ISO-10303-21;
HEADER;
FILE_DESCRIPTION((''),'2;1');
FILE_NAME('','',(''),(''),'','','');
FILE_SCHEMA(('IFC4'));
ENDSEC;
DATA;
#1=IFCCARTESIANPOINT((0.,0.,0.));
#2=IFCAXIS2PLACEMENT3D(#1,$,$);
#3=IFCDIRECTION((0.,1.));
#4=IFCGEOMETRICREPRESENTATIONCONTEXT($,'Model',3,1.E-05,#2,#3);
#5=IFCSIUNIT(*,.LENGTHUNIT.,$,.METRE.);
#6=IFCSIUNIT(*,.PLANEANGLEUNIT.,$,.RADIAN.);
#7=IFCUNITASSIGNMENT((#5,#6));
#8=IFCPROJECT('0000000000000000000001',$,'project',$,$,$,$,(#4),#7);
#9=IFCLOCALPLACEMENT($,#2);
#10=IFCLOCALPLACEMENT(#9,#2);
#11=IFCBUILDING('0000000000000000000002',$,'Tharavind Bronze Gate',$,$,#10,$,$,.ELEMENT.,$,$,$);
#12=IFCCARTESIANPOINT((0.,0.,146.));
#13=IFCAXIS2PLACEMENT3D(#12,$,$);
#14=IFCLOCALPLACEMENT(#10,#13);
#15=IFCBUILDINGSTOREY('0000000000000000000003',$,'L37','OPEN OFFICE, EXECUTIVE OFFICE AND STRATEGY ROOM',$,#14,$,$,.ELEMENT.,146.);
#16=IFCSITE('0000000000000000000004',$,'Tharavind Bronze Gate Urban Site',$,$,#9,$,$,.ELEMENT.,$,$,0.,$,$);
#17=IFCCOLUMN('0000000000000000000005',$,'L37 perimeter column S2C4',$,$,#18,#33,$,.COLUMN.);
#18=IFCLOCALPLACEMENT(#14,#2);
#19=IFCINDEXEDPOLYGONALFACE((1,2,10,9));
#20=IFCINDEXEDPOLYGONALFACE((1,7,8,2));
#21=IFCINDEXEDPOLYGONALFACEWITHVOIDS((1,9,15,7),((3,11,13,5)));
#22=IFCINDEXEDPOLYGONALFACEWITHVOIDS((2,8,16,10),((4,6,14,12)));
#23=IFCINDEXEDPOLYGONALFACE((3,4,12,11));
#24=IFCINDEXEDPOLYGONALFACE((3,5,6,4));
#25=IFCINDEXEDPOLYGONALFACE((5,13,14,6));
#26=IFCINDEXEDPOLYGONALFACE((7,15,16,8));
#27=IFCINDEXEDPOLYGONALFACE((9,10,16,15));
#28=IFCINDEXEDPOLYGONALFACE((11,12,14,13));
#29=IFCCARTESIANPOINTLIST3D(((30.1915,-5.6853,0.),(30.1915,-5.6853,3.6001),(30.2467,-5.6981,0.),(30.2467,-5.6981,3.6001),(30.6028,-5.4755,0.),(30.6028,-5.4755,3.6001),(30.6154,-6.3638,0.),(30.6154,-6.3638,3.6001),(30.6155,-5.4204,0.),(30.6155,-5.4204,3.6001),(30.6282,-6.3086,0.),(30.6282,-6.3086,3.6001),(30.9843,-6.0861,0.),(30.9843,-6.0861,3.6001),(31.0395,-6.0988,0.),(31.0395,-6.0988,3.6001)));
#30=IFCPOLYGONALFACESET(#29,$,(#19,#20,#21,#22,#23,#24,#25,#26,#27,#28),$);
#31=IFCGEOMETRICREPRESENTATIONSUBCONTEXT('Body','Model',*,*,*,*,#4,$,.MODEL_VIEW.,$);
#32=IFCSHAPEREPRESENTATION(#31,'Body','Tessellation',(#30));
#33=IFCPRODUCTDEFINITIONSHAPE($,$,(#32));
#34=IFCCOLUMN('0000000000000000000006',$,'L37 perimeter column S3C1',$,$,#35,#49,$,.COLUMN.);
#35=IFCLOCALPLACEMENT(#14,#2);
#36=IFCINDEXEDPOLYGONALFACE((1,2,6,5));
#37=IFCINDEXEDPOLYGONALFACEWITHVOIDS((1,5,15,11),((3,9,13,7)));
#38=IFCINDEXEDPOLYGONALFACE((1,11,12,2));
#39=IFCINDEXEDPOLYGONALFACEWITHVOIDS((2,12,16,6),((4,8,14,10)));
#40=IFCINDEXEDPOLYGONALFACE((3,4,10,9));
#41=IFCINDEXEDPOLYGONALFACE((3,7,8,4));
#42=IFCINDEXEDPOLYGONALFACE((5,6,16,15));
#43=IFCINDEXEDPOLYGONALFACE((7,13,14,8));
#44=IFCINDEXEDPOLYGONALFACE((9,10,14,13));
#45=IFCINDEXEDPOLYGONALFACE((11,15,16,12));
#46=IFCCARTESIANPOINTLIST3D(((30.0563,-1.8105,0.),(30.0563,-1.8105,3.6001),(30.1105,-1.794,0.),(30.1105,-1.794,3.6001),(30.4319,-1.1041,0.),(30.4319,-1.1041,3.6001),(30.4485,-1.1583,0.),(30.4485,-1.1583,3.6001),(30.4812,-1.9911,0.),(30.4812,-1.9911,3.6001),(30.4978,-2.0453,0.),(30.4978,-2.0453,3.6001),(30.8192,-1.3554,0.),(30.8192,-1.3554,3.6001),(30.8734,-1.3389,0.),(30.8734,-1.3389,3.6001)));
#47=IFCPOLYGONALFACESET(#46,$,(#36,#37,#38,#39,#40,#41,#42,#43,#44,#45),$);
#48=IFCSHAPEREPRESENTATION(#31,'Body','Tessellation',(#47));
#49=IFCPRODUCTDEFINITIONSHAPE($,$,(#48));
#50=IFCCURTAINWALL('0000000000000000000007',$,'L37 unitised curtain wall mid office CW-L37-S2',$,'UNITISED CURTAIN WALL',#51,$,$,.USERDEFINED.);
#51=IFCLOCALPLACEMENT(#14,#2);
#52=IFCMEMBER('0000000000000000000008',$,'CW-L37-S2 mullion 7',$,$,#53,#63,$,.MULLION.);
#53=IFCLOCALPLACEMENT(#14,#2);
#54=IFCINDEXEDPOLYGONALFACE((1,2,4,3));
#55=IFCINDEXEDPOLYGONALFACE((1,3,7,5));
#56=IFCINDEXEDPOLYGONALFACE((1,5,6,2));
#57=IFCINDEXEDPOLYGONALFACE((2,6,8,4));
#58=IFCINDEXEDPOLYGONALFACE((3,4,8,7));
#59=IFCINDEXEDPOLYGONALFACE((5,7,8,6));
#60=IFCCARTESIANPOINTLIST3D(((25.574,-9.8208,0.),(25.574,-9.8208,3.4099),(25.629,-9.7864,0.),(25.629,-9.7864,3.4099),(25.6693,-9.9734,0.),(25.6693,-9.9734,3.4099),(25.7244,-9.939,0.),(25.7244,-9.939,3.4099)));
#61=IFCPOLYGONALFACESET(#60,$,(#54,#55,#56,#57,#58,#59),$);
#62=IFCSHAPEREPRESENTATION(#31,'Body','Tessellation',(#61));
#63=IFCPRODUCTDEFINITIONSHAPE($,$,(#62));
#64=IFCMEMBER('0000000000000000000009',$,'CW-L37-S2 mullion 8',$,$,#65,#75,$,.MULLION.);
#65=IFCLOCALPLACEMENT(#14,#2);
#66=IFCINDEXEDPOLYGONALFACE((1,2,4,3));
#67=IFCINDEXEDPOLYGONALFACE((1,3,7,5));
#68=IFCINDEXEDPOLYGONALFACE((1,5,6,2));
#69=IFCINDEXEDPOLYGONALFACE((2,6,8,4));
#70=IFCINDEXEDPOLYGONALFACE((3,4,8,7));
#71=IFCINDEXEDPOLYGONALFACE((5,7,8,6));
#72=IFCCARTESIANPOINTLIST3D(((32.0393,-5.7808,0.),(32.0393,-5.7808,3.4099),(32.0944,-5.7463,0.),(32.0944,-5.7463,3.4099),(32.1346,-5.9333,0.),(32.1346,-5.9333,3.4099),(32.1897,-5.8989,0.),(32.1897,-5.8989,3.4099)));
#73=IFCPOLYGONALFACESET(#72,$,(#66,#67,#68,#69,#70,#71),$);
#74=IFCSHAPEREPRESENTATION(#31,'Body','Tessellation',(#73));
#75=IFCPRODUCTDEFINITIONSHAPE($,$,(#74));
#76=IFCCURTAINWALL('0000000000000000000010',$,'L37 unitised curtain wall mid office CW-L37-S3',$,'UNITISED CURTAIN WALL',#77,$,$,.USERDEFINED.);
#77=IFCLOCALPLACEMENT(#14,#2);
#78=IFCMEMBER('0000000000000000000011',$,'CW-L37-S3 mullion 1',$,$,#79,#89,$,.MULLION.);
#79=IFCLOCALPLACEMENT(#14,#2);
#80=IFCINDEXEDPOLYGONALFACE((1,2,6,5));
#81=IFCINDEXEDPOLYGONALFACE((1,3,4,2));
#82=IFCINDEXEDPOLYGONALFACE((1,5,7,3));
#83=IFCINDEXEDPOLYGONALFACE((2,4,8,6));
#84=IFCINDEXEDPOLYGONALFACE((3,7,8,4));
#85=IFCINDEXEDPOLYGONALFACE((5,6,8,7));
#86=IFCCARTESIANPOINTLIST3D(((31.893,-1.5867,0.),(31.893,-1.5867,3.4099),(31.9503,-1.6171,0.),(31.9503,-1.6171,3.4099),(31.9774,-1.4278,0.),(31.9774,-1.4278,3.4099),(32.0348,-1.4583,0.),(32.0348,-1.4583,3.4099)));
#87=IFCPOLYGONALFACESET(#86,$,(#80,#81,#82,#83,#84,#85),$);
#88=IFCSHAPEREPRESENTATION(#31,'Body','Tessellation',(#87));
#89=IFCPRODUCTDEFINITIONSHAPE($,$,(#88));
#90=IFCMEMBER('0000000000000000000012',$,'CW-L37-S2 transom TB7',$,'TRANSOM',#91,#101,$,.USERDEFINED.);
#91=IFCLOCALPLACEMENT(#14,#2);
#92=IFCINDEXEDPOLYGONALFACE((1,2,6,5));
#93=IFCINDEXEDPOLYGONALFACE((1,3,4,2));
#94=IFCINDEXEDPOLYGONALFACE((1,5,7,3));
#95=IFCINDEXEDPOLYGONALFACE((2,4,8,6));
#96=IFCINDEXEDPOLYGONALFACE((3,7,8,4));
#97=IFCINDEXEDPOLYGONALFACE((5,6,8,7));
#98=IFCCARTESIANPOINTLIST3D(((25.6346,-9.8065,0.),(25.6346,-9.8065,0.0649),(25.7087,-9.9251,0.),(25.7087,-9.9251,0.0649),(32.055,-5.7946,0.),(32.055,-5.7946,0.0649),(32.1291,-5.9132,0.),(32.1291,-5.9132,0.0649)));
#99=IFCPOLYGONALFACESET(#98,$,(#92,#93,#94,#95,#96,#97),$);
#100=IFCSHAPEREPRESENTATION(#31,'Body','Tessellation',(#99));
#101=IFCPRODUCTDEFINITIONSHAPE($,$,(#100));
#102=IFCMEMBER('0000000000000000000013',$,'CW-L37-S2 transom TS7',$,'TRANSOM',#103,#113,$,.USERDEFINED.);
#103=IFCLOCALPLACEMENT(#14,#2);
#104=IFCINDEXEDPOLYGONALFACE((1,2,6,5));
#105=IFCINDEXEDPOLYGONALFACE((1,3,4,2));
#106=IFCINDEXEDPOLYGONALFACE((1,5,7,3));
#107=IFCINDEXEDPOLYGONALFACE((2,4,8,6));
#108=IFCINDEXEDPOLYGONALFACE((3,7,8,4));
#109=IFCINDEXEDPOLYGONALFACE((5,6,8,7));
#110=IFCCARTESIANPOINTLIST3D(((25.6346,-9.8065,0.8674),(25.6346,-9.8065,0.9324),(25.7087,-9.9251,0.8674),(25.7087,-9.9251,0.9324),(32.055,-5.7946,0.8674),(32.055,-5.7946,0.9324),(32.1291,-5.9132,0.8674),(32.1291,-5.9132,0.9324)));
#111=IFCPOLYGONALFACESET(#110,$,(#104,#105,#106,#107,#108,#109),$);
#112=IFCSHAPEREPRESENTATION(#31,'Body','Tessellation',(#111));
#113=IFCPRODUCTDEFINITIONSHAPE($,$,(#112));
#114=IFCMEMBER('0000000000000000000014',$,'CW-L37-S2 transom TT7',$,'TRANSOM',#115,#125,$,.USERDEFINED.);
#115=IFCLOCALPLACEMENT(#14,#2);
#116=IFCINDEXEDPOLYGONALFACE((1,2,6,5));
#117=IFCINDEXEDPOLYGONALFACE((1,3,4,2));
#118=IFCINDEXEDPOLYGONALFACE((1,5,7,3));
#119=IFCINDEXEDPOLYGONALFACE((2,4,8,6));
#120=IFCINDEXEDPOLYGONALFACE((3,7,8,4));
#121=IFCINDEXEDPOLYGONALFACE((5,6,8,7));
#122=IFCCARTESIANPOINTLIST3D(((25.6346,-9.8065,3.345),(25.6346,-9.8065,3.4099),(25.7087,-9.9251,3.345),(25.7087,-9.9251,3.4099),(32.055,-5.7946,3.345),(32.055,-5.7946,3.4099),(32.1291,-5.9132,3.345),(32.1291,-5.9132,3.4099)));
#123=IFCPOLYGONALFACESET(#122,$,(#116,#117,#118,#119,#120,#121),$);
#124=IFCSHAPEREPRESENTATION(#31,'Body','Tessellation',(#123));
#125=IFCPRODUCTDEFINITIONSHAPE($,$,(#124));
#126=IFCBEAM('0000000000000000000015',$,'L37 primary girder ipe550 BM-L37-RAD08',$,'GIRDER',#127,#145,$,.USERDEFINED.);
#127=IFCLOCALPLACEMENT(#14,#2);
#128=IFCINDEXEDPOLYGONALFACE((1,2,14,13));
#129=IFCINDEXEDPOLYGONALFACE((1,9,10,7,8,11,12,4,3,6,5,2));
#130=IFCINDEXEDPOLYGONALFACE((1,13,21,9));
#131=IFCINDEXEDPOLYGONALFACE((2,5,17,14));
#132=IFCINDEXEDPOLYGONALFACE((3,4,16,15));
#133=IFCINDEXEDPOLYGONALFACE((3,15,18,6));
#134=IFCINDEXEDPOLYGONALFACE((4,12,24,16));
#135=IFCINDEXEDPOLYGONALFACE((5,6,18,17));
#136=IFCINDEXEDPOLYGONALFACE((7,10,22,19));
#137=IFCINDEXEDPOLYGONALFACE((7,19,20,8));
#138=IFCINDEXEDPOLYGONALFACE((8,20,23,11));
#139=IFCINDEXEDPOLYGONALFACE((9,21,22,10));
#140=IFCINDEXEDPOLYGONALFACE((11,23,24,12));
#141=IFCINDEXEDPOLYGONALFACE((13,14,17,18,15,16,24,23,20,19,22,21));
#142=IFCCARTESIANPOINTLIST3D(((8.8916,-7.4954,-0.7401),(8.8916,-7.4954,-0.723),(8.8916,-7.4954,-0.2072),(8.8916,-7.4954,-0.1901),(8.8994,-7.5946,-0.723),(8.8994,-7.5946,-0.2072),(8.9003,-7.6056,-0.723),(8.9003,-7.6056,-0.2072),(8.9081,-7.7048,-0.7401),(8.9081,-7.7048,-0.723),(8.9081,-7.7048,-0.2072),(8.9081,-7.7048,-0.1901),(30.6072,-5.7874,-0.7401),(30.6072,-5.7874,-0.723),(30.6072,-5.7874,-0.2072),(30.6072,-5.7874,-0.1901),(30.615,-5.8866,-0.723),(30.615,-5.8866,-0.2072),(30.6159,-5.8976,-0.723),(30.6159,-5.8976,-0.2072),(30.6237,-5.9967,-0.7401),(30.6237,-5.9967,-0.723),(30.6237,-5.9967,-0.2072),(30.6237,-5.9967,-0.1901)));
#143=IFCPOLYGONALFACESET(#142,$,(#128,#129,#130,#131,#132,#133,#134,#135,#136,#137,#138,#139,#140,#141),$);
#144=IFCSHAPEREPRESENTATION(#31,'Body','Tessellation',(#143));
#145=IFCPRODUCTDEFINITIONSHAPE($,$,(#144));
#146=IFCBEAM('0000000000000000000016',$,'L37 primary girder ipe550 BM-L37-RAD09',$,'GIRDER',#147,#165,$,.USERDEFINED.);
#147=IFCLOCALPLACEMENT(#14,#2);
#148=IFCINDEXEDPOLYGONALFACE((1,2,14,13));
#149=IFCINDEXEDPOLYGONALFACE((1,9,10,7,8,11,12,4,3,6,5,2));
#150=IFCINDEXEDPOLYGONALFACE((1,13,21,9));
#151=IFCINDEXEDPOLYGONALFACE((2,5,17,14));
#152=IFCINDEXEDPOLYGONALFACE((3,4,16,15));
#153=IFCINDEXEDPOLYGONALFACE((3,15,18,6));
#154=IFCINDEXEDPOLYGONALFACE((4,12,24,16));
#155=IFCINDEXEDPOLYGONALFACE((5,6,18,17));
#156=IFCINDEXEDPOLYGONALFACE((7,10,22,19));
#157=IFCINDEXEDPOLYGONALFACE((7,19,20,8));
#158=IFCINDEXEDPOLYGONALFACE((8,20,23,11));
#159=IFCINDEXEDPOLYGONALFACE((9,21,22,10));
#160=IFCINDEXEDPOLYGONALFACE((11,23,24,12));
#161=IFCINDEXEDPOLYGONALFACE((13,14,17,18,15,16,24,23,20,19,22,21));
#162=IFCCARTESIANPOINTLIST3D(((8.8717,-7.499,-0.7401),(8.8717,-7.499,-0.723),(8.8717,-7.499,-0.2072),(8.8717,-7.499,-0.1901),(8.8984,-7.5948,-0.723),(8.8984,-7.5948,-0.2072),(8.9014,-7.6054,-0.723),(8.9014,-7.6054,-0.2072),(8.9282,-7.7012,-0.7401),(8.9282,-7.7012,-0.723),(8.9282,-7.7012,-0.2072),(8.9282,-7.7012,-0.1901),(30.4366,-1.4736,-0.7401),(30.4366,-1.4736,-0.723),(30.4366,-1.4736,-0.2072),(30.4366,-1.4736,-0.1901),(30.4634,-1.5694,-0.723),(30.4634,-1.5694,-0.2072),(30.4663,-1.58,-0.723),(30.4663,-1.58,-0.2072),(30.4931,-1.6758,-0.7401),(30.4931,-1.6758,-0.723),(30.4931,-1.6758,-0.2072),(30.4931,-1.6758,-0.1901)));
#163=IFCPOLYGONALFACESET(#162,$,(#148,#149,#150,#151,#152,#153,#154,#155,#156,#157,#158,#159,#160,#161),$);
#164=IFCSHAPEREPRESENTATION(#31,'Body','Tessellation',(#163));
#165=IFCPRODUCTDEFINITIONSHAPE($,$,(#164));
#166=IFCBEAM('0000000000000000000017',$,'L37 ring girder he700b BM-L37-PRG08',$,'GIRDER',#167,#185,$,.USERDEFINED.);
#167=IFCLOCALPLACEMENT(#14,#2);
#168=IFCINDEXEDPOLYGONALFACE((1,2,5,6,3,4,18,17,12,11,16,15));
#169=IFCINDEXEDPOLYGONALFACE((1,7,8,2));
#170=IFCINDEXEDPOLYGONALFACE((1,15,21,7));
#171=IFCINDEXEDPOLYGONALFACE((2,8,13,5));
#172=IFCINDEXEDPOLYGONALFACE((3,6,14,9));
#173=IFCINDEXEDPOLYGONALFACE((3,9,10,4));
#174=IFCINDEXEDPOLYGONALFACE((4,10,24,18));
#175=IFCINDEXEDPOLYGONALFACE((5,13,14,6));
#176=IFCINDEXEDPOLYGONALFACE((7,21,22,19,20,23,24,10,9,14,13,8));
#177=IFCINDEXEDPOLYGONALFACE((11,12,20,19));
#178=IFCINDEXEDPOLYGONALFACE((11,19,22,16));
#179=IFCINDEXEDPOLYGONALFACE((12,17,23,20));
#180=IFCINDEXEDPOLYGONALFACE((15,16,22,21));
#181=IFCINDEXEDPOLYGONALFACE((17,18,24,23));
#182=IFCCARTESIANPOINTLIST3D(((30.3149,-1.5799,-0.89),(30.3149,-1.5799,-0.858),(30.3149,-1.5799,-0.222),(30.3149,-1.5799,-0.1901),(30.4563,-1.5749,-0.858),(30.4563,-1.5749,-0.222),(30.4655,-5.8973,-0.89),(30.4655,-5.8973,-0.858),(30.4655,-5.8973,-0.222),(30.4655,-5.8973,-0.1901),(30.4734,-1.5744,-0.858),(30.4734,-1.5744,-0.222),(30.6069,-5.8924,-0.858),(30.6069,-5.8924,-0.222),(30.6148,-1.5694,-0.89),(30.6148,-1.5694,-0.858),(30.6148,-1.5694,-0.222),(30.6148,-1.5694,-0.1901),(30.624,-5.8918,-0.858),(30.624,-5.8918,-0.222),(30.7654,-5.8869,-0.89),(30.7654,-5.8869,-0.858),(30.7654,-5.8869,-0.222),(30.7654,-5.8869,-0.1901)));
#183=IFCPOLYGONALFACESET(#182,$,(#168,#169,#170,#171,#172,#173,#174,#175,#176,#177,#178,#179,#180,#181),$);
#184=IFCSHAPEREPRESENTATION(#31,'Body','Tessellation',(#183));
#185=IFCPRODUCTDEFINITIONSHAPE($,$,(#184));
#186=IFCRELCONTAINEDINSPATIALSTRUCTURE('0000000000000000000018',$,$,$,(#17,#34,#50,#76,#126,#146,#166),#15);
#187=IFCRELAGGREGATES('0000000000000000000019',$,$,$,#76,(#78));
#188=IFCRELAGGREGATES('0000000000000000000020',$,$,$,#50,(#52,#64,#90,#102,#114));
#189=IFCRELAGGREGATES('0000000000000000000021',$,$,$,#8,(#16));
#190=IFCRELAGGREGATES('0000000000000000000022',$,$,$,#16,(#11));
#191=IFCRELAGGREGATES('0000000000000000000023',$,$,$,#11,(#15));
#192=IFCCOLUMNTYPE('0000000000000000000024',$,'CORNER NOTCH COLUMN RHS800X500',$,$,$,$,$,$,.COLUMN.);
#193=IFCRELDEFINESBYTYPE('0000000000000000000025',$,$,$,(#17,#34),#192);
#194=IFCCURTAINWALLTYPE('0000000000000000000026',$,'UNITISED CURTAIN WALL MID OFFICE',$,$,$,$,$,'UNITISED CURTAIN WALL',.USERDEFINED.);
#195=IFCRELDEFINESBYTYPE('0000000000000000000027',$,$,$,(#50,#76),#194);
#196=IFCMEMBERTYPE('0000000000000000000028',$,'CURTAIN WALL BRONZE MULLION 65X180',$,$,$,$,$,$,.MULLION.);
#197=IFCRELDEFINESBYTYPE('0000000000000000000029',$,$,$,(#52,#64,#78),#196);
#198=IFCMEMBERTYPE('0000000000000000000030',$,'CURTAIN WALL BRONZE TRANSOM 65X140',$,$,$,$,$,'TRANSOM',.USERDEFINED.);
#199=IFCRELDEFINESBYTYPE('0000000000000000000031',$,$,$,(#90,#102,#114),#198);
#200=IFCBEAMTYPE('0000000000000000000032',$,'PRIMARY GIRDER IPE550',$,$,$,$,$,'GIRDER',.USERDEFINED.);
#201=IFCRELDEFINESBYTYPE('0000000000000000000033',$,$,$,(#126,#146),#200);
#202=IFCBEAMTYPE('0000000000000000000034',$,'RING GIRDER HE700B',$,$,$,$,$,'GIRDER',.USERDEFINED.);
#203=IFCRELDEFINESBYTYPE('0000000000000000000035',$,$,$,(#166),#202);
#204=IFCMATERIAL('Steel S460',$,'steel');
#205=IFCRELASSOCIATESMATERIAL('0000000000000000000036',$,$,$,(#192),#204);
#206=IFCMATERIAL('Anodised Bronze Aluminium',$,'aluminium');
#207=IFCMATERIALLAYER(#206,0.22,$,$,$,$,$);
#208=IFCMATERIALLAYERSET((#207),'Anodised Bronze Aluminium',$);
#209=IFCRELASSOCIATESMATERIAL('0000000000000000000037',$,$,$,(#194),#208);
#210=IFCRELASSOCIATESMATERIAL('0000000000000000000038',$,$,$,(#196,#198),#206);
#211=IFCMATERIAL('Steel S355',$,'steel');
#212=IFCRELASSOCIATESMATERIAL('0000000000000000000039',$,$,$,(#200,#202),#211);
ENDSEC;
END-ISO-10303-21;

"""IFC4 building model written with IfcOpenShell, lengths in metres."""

from ifc_helpers import new_model, si_unit, direction, frame, origin, origin_2d, place, context, subcontext, project, spatial, rectangle, hollow_rectangle, i_section, extrude, material, layer, layer_set, material_profile, profile_set, type_object, element, aggregate, save


model = new_model("IFC4")

# Units and contexts
model_context = context("Model", 3, precision=1e-05, world=origin(), true_north=direction((0.0, 1.0)))
body_context = subcontext(model_context, "Body", "Model", "MODEL_VIEW")
ifc_project = project(units=[si_unit("LENGTHUNIT", "METRE"), si_unit("PLANEANGLEUNIT", "RADIAN")], contexts=[model_context])

# Site, building, storey
site_placement = place(None, origin())
site = spatial("IfcSite", under=ifc_project, at=site_placement, Name="Tharavind Bronze Gate Urban Site", CompositionType="ELEMENT", RefElevation=0.0)
building_placement = place(site_placement, origin())
building = spatial("IfcBuilding", under=site, at=building_placement, Name="Tharavind Bronze Gate", CompositionType="ELEMENT")
storey_placement = place(building_placement, frame((0.0, 0.0, 146.0)))
storey = spatial("IfcBuildingStorey", under=building, at=storey_placement, Name="L37", Description="OPEN OFFICE, EXECUTIVE OFFICE AND STRATEGY ROOM", CompositionType="ELEMENT", Elevation=146.0)

# Columns
ifc_material_1 = material(Name="Steel S460", Category="steel")
ifc_material_profile_1 = material_profile(ifc_material_1, hollow_rectangle(XDim=0.5, YDim=0.8, WallThickness=0.04, at=origin_2d()), Name="RHS800X500X40")
ifc_profile_set_1 = profile_set([ifc_material_profile_1], Name="Steel S460")
column_type = type_object("IfcColumnType", Name="CORNER NOTCH COLUMN RHS800X500", PredefinedType="COLUMN", material=ifc_profile_set_1)
for number, where, z_axis, x_axis, name in (
    (1, (30.6155, -5.8921, 0.0), (0.0, 0.0, 1.0), (0.848047, 0.529921, 0.0), "L37 perimeter column S2C4"),
    (2, (30.4648, -1.5747, 0.0), (0.0, 0.0, 1.0), (-0.882948, 0.46947, 0.0), "L37 perimeter column S3C1"),
):
    element("IfcColumn", number, at=place(storey_placement, frame(where, z_axis=z_axis, x_axis=x_axis)), inside=storey, type_object=column_type, Name=name, PredefinedType="COLUMN", context=body_context, shape_type="SweptSolid", body=[
        extrude(hollow_rectangle(XDim=0.5, YDim=0.8, WallThickness=0.04, at=origin_2d()), origin(), (0.0, 0.0, 1.0), 3.6001),
    ])

# Curtain wall, members
ifc_material_2 = material(Name="Anodised Bronze Aluminium", Category="aluminium")
ifc_layer_1 = layer(ifc_material_2, 0.22)
ifc_layer_set_1 = layer_set([ifc_layer_1], Name="Anodised Bronze Aluminium")
curtain_wall_type = type_object("IfcCurtainWallType", Name="UNITISED CURTAIN WALL MID OFFICE", ElementType="UNITISED CURTAIN WALL", PredefinedType="USERDEFINED", material=ifc_layer_set_1)
curtain_wall_1_placement = place(storey_placement, origin())
curtain_wall_1 = element("IfcCurtainWall", 3, at=curtain_wall_1_placement, inside=storey, type_object=curtain_wall_type, Name="L37 unitised curtain wall mid office CW-L37-S2", ObjectType="UNITISED CURTAIN WALL", PredefinedType="USERDEFINED")
member_type_1 = type_object("IfcMemberType", Name="CURTAIN WALL BRONZE MULLION 65X180", PredefinedType="MULLION", material=ifc_material_2)
member_1_placement = place(storey_placement, frame((25.6492, -9.8799, 0.0), z_axis=(0.0, 0.0, 1.0), x_axis=(0.848048, 0.529919, 0.0)))
member_1 = element("IfcMember", 4, at=member_1_placement, type_object=member_type_1, Name="CW-L37-S2 mullion 7", PredefinedType="MULLION", context=body_context, shape_type="SweptSolid", body=[
    extrude(rectangle(XDim=0.0649, YDim=0.1799, at=origin_2d()), origin(), (0.0, 0.0, 1.0), 3.4099),
])
member_2_placement = place(storey_placement, frame((32.1145, -5.8398, 0.0), z_axis=(0.0, 0.0, 1.0), x_axis=(0.848048, 0.529919, 0.0)))
member_2 = element("IfcMember", 5, at=member_2_placement, type_object=member_type_1, Name="CW-L37-S2 mullion 8", PredefinedType="MULLION", context=body_context, shape_type="SweptSolid", body=[
    extrude(rectangle(XDim=0.0649, YDim=0.1799, at=origin_2d()), origin(), (0.0, 0.0, 1.0), 3.4099),
])

# Curtain wall, member
curtain_wall_2_placement = place(storey_placement, origin())
curtain_wall_2 = element("IfcCurtainWall", 6, at=curtain_wall_2_placement, inside=storey, type_object=curtain_wall_type, Name="L37 unitised curtain wall mid office CW-L37-S3", ObjectType="UNITISED CURTAIN WALL", PredefinedType="USERDEFINED")
member_3_placement = place(storey_placement, frame((31.9639, -1.5225, 0.0), z_axis=(0.0, 0.0, 1.0), x_axis=(-0.882948, 0.469472, 0.0)))
member_3 = element("IfcMember", 7, at=member_3_placement, type_object=member_type_1, Name="CW-L37-S3 mullion 1", PredefinedType="MULLION", context=body_context, shape_type="SweptSolid", body=[
    extrude(rectangle(XDim=0.0649, YDim=0.1799, at=origin_2d()), origin(), (0.0, 0.0, 1.0), 3.4099),
])
aggregate(curtain_wall_2, [member_3])

# Members
member_type_2 = type_object("IfcMemberType", Name="CURTAIN WALL BRONZE TRANSOM 65X140", ElementType="TRANSOM", PredefinedType="USERDEFINED", material=ifc_material_2)
member_4_placement = place(storey_placement, frame((28.8818, -7.8599, 0.0), z_axis=(0.0, 0.0, 1.0), x_axis=(0.848048, 0.529919, 0.0)))
member_4 = element("IfcMember", 8, at=member_4_placement, type_object=member_type_2, Name="CW-L37-S2 transom TB7", ObjectType="TRANSOM", PredefinedType="USERDEFINED", context=body_context, shape_type="SweptSolid", body=[
    extrude(rectangle(XDim=7.5708, YDim=0.1399, at=origin_2d()), origin(), (0.0, 0.0, 1.0), 0.0649),
])
member_5_placement = place(storey_placement, frame((28.8818, -7.8599, 0.8674), z_axis=(0.0, 0.0, 1.0), x_axis=(0.848048, 0.529919, 0.0)))
member_5 = element("IfcMember", 9, at=member_5_placement, type_object=member_type_2, Name="CW-L37-S2 transom TS7", ObjectType="TRANSOM", PredefinedType="USERDEFINED", context=body_context, shape_type="SweptSolid", body=[
    extrude(rectangle(XDim=7.5708, YDim=0.1399, at=origin_2d()), origin(), (0.0, 0.0, 1.0), 0.0649),
])
member_6_placement = place(storey_placement, frame((28.8818, -7.8599, 3.345), z_axis=(0.0, 0.0, 1.0), x_axis=(0.848048, 0.529919, 0.0)))
member_6 = element("IfcMember", 10, at=member_6_placement, type_object=member_type_2, Name="CW-L37-S2 transom TT7", ObjectType="TRANSOM", PredefinedType="USERDEFINED", context=body_context, shape_type="SweptSolid", body=[
    extrude(rectangle(XDim=7.5708, YDim=0.1399, at=origin_2d()), origin(), (0.0, 0.0, 1.0), 0.0649),
])

# Beams
ifc_material_3 = material(Name="Steel S355", Category="steel")
ifc_material_profile_2 = material_profile(ifc_material_3, i_section(OverallWidth=0.21, OverallDepth=0.55, WebThickness=0.011, FlangeThickness=0.0171, at=origin_2d()), Name="IPE550")
ifc_profile_set_2 = profile_set([ifc_material_profile_2], Name="Steel S355")
beam_type_1 = type_object("IfcBeamType", Name="PRIMARY GIRDER IPE550", ElementType="GIRDER", PredefinedType="USERDEFINED", material=ifc_profile_set_2)
beam_1_placement = place(storey_placement, frame((30.6155, -5.8921, -0.4651), z_axis=(-0.996921, -0.078411, 0.0), x_axis=(0.078411, -0.996921, 0.0)))
element("IfcBeam", 11, at=beam_1_placement, inside=storey, type_object=beam_type_1, Name="L37 primary girder ipe550 BM-L37-RAD08", ObjectType="GIRDER", PredefinedType="USERDEFINED", context=body_context, shape_type="SweptSolid", body=[
    extrude(i_section(OverallWidth=0.21, OverallDepth=0.55, WebThickness=0.011, FlangeThickness=0.0171, at=origin_2d()), origin(), (0.0, 0.0, 1.0), 21.7827),
])
beam_2_placement = place(storey_placement, frame((30.4648, -1.5747, -0.4651), z_axis=(-0.963112, -0.2691, 0.0), x_axis=(0.2691, -0.963112, 0.0)))
element("IfcBeam", 12, at=beam_2_placement, inside=storey, type_object=beam_type_1, Name="L37 primary girder ipe550 BM-L37-RAD09", ObjectType="GIRDER", PredefinedType="USERDEFINED", context=body_context, shape_type="SweptSolid", body=[
    extrude(i_section(OverallWidth=0.21, OverallDepth=0.55, WebThickness=0.011, FlangeThickness=0.0171, at=origin_2d()), origin(), (0.0, 0.0, 1.0), 22.3909),
])
ifc_material_profile_3 = material_profile(ifc_material_3, i_section(OverallWidth=0.3, OverallDepth=0.7, WebThickness=0.0171, FlangeThickness=0.032, at=origin_2d()), Name="HE700B")
ifc_profile_set_3 = profile_set([ifc_material_profile_3], Name="Steel S355")
beam_type_2 = type_object("IfcBeamType", Name="RING GIRDER HE700B", ElementType="GIRDER", PredefinedType="USERDEFINED", material=ifc_profile_set_3)
beam_3_placement = place(storey_placement, frame((30.6155, -5.8921, -0.54), z_axis=(-0.034869, 0.999392, 0.0), x_axis=(-0.999392, -0.034869, 0.0)))
element("IfcBeam", 13, at=beam_3_placement, inside=storey, type_object=beam_type_2, Name="L37 ring girder he700b BM-L37-PRG08", ObjectType="GIRDER", PredefinedType="USERDEFINED", context=body_context, shape_type="SweptSolid", body=[
    extrude(i_section(OverallWidth=0.3, OverallDepth=0.7, WebThickness=0.0171, FlangeThickness=0.032, at=origin_2d()), origin(), (0.0, 0.0, 1.0), 4.3201),
])

aggregate(curtain_wall_1, [member_1, member_2, member_4, member_5, member_6])

save(model, "model.ifc")
